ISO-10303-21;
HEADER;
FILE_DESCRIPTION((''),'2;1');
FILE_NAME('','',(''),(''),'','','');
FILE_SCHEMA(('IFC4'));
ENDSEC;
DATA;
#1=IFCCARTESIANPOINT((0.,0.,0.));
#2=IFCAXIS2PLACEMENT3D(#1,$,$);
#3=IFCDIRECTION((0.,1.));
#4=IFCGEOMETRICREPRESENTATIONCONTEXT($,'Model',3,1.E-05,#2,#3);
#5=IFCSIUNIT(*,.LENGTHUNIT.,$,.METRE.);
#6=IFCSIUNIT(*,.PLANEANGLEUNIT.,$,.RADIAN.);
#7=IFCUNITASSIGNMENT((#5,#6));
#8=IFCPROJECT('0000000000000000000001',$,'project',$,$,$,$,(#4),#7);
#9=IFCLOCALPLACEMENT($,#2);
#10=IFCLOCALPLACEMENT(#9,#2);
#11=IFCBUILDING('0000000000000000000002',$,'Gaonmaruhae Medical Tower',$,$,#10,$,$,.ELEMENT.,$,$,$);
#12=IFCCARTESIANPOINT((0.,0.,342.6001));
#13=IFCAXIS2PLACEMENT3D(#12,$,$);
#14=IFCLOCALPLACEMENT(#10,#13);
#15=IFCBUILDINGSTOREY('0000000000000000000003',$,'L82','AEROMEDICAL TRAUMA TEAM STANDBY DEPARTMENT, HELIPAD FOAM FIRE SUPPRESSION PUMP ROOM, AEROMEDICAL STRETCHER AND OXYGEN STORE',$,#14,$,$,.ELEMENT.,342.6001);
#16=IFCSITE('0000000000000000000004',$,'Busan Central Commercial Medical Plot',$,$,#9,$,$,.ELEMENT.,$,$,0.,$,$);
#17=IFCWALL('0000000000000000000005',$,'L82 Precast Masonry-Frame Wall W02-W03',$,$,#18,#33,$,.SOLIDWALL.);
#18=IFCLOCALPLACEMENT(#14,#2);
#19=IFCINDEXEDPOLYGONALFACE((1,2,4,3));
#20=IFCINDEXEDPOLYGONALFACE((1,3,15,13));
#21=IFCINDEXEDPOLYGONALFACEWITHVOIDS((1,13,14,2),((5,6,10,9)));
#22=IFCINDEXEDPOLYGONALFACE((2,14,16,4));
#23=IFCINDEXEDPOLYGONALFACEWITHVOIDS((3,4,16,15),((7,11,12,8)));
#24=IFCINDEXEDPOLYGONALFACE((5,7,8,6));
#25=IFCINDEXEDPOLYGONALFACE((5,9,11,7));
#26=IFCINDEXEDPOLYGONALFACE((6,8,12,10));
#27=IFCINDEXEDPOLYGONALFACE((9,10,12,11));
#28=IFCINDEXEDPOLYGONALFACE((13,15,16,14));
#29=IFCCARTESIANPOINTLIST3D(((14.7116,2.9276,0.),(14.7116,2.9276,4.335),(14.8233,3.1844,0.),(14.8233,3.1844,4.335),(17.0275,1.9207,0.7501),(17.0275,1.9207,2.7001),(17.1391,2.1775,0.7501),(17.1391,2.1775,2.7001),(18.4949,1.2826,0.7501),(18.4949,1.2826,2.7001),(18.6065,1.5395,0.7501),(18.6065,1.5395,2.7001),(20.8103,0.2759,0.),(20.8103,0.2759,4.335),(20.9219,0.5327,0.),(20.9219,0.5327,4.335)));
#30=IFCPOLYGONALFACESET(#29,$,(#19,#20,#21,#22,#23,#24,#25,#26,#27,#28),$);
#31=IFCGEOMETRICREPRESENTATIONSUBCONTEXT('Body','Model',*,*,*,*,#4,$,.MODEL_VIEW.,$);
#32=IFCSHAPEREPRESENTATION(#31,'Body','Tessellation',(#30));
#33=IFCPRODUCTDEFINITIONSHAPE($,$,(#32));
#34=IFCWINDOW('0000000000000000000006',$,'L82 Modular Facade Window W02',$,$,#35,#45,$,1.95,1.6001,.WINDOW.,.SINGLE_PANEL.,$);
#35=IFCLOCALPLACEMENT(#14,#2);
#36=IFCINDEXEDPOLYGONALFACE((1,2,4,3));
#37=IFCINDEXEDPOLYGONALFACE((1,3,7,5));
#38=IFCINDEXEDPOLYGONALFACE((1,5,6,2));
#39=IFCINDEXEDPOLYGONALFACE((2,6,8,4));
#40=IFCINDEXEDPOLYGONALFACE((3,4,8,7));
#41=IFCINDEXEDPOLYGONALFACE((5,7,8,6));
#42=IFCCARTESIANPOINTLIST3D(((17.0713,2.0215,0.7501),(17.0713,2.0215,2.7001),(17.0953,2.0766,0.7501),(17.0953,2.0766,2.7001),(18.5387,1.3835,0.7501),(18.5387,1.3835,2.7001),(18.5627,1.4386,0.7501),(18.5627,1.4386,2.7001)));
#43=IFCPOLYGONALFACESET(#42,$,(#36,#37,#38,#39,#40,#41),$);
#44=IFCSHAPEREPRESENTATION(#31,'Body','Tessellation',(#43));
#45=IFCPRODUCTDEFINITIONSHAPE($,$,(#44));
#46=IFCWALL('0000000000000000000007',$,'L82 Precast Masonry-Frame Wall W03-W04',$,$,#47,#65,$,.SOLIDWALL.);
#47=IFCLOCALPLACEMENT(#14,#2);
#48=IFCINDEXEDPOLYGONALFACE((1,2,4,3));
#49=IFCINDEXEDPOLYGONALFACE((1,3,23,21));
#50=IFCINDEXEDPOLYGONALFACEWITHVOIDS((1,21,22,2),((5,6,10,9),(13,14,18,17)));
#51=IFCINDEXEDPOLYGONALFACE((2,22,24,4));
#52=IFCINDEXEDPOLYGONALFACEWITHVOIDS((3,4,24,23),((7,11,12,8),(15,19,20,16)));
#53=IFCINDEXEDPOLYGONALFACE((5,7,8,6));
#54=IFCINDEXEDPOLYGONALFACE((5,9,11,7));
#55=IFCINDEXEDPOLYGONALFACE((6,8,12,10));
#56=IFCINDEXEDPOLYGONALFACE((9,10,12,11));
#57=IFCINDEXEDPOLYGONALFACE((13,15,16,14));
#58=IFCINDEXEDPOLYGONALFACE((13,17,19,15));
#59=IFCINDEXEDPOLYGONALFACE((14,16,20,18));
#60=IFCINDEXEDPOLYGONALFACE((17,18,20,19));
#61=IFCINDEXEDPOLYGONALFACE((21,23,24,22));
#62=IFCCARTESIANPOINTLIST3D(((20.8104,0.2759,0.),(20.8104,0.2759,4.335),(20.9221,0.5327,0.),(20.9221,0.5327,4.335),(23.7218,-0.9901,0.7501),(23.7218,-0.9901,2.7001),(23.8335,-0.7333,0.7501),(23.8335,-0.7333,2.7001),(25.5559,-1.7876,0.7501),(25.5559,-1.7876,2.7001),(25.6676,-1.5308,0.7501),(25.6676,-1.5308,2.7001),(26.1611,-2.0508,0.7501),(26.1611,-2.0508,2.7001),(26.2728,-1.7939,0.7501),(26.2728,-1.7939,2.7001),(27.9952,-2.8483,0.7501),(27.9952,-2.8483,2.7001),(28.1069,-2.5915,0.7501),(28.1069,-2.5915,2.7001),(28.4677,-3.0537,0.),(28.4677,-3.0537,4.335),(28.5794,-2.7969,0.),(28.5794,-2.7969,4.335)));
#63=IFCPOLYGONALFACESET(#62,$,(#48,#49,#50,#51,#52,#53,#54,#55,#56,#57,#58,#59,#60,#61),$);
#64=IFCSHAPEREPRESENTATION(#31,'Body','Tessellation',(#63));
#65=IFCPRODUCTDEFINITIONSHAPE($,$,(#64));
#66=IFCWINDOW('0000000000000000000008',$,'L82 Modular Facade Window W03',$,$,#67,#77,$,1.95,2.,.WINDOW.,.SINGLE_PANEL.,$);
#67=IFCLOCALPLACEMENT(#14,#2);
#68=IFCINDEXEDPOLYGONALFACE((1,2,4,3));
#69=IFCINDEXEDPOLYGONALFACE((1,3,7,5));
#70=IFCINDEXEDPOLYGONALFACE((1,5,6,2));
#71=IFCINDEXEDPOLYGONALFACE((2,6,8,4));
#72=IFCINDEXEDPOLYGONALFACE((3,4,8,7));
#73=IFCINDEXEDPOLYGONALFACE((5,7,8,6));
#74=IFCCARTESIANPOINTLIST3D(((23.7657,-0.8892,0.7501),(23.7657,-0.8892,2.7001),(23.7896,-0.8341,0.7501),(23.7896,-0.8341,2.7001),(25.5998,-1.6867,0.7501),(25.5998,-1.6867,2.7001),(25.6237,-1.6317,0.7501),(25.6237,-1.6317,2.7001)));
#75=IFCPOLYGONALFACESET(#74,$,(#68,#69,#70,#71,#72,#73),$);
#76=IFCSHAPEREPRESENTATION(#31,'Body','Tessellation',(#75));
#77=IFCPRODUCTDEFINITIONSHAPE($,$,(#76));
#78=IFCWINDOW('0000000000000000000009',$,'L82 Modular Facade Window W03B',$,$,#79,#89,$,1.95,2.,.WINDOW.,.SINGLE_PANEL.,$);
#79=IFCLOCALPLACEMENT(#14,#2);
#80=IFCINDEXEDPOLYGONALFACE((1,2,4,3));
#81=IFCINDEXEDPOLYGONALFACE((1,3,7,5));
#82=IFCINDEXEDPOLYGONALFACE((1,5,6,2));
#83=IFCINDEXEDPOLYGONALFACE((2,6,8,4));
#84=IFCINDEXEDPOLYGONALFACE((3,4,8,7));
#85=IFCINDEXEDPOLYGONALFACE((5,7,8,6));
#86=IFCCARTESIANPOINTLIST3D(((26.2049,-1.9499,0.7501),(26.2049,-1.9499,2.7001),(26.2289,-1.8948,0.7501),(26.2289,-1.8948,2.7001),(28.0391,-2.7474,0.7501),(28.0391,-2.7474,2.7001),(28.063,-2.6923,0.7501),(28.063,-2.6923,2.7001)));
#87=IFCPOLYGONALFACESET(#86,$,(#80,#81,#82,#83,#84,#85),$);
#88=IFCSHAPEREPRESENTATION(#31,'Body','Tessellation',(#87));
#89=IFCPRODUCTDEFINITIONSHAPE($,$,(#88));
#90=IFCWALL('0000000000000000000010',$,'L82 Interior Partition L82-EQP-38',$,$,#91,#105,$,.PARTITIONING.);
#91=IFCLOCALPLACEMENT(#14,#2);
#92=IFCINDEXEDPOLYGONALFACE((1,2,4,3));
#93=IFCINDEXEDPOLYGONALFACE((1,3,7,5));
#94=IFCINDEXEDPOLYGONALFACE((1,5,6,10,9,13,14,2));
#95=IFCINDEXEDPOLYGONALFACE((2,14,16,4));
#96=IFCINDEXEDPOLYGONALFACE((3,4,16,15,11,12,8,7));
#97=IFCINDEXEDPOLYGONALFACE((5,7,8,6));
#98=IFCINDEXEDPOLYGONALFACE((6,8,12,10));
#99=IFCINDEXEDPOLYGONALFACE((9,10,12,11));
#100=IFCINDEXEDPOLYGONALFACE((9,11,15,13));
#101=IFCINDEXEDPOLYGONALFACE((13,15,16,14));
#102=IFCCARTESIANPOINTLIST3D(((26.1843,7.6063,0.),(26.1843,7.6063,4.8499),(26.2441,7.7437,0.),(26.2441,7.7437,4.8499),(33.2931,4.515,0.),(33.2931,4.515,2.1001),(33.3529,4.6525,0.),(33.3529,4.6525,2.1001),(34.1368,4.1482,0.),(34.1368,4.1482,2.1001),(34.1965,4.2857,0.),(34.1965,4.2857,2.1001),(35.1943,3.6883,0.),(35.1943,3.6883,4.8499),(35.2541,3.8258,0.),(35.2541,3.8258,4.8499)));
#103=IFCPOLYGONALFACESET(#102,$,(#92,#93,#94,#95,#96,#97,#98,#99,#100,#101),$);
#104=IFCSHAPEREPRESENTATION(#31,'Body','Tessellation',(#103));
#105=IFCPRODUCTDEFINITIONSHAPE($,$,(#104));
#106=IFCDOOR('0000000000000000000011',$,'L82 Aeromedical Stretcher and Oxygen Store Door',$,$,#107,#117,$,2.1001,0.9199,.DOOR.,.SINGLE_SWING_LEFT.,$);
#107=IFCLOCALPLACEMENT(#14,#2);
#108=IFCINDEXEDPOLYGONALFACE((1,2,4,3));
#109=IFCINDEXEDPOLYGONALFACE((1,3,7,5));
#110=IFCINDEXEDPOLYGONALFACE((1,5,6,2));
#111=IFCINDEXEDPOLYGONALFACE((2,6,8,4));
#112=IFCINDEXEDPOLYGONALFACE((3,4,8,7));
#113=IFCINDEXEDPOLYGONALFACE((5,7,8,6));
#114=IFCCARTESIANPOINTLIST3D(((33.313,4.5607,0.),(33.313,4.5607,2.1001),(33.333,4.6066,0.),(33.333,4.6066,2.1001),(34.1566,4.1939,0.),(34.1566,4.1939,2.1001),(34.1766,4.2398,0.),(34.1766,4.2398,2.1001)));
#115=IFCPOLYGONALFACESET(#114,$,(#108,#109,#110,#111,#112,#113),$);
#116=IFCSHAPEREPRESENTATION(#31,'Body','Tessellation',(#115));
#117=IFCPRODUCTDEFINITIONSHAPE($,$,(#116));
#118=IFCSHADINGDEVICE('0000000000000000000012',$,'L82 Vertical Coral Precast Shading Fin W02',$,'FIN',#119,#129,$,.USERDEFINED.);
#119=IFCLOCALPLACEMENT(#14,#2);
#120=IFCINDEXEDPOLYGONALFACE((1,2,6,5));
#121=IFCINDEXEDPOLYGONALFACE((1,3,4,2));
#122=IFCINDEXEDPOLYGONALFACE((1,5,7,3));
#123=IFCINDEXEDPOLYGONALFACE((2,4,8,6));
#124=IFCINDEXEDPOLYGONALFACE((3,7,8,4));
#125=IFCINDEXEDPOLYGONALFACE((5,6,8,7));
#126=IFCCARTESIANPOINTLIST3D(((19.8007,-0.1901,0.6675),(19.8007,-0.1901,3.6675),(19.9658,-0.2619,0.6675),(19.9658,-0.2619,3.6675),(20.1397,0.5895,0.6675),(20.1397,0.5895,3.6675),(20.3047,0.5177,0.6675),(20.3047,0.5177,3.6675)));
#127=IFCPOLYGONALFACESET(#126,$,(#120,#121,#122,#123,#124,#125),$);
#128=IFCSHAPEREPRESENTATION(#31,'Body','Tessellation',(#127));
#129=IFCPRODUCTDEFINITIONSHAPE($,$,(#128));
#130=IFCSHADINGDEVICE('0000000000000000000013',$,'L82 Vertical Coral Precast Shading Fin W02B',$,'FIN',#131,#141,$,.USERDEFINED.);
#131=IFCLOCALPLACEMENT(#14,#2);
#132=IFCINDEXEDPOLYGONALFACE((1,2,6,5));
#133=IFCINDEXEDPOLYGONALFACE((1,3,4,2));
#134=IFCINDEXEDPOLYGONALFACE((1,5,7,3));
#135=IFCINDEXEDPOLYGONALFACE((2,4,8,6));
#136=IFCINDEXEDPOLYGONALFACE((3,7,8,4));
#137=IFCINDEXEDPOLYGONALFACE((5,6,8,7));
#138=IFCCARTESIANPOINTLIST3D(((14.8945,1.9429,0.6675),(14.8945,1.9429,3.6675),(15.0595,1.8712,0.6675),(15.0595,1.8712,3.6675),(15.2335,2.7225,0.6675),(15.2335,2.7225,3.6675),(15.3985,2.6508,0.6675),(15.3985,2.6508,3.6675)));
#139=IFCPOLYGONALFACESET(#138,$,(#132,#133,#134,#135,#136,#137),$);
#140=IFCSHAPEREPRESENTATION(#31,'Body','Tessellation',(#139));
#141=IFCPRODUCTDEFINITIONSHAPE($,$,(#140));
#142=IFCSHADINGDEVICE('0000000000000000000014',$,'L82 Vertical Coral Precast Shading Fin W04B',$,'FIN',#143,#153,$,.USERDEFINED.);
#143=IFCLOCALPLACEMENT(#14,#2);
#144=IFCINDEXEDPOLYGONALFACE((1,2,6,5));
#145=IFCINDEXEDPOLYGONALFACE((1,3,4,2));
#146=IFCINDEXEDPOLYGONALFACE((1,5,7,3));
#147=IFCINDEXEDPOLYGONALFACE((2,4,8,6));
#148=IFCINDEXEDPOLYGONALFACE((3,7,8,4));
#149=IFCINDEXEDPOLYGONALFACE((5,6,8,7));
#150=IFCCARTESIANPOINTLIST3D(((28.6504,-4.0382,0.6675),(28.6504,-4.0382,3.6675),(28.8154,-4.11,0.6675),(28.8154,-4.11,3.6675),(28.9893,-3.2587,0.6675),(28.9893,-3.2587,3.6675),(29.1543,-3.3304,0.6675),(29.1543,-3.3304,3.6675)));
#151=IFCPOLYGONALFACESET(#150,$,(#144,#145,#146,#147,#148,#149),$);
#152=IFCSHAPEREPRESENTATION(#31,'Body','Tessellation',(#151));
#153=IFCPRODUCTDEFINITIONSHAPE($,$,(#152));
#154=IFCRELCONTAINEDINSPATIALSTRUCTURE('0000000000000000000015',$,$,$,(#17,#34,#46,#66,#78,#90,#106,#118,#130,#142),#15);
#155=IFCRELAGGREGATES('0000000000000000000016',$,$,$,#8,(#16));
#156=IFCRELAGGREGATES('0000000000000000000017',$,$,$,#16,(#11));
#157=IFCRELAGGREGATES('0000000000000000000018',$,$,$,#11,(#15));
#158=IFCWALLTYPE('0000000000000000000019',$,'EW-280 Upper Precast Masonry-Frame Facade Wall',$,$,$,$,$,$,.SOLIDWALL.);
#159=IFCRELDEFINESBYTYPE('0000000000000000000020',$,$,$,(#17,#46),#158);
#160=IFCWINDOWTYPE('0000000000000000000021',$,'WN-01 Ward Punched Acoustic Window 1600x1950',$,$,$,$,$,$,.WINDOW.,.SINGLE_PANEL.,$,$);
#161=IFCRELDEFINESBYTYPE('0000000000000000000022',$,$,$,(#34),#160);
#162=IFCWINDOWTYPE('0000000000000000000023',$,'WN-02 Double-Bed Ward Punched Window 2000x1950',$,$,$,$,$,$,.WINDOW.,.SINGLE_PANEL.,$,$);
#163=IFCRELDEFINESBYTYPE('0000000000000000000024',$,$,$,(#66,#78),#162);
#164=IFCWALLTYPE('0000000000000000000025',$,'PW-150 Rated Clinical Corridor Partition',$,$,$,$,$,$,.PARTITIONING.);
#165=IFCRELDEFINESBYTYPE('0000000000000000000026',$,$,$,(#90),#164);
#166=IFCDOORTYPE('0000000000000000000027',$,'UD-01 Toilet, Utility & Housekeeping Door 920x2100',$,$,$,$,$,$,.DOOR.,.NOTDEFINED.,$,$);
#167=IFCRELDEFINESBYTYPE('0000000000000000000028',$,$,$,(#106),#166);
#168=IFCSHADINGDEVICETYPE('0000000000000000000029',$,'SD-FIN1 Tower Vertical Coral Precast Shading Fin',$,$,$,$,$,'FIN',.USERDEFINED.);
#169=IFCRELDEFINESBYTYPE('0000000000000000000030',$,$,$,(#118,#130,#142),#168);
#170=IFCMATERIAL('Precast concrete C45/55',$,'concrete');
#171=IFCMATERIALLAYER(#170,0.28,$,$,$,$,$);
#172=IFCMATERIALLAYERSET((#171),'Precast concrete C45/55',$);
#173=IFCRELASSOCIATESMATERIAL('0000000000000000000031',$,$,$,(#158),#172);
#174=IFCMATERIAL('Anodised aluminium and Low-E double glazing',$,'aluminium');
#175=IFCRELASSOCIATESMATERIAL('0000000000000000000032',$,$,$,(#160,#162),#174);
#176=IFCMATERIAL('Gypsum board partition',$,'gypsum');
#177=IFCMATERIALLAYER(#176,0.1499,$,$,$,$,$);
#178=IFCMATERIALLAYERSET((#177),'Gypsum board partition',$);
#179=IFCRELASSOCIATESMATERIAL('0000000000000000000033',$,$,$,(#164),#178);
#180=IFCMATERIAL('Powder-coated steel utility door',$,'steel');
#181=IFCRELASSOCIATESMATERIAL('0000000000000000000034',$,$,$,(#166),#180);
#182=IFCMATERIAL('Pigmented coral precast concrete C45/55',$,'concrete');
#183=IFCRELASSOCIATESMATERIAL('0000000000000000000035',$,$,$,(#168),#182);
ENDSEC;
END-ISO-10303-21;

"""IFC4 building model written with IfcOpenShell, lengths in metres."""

from ifc_helpers import new_model, si_unit, direction, frame, frame_2d, origin, origin_2d, place, context, subcontext, project, spatial, rectangle, extrude, material, layer, layer_set, type_object, element, fill, save


model = new_model("IFC4")

# Units and contexts
model_context = context("Model", 3, precision=1e-05, world=origin(), true_north=direction((0.0, 1.0)))
body_context = subcontext(model_context, "Body", "Model", "MODEL_VIEW")
ifc_project = project(units=[si_unit("LENGTHUNIT", "METRE"), si_unit("PLANEANGLEUNIT", "RADIAN")], contexts=[model_context])

# Site, building, storey
site_placement = place(None, origin())
site = spatial("IfcSite", under=ifc_project, at=site_placement, Name="Busan Central Commercial Medical Plot", CompositionType="ELEMENT", RefElevation=0.0)
building_placement = place(site_placement, origin())
building = spatial("IfcBuilding", under=site, at=building_placement, Name="Gaonmaruhae Medical Tower", CompositionType="ELEMENT")
storey_placement = place(building_placement, frame((0.0, 0.0, 342.6001)))
storey = spatial("IfcBuildingStorey", under=building, at=storey_placement, Name="L82", Description="AEROMEDICAL TRAUMA TEAM STANDBY DEPARTMENT, HELIPAD FOAM FIRE SUPPRESSION PUMP ROOM, AEROMEDICAL STRETCHER AND OXYGEN STORE", CompositionType="ELEMENT", Elevation=342.6001)

# Wall, opening, window
ifc_material_1 = material(Name="Precast concrete C45/55", Category="concrete")
ifc_layer_1 = layer(ifc_material_1, 0.28)
ifc_layer_set_1 = layer_set([ifc_layer_1], Name="Precast concrete C45/55")
wall_type_1 = type_object("IfcWallType", Name="EW-280 Upper Precast Masonry-Frame Facade Wall", PredefinedType="SOLIDWALL", material=ifc_layer_set_1)
wall_1_placement = place(storey_placement, frame((20.8662, 0.4043, 0.0), z_axis=(0.0, 0.0, 1.0), x_axis=(-0.917068, 0.39873, 0.0)))
wall_1 = element("IfcWall", 1, at=wall_1_placement, inside=storey, type_object=wall_type_1, Name="L82 Precast Masonry-Frame Wall W02-W03", PredefinedType="SOLIDWALL", context=body_context, shape_type="SweptSolid", body=[
    extrude(rectangle(XDim=6.6501, YDim=0.28, at=frame_2d((3.3252, 0.0))), origin(), (0.0, 0.0, 1.0), 4.335),
])
opening_1_placement = place(wall_1_placement, frame((2.5249, 0.0, 0.75)))
opening_1 = element("IfcOpeningElement", 2, at=opening_1_placement, cuts=wall_1, PredefinedType="OPENING", context=body_context, shape_type="SweptSolid", body=[
    extrude(rectangle(XDim=1.6001, YDim=1.95, at=frame_2d((0.8, 0.9751))), frame((0.0, 0.1499, 0.0), z_axis=(0.0, -1.0, 0.0), x_axis=(1.0, 0.0, 0.0)), (0.0, 0.0, 1.0), 0.3),
])
ifc_material_2 = material(Name="Anodised aluminium and Low-E double glazing", Category="aluminium")
window_type_1 = type_object("IfcWindowType", Name="WN-01 Ward Punched Acoustic Window 1600x1950", PartitioningType="SINGLE_PANEL", PredefinedType="WINDOW", material=ifc_material_2)
window_1_placement = place(opening_1_placement, origin())
window_1 = element("IfcWindow", 3, at=window_1_placement, inside=storey, type_object=window_type_1, Name="L82 Modular Facade Window W02", OverallHeight=1.95, OverallWidth=1.6001, PartitioningType="SINGLE_PANEL", PredefinedType="WINDOW", context=body_context, shape_type="SweptSolid", body=[
    extrude(rectangle(XDim=1.6001, YDim=1.95, at=frame_2d((0.8, 0.9751))), frame((0.0, 0.03, 0.0), z_axis=(0.0, -1.0, 0.0), x_axis=(1.0, 0.0, 0.0)), (0.0, 0.0, 1.0), 0.0601),
])
fill(opening_1, window_1)

# Wall, openings, windows
wall_2_placement = place(storey_placement, frame((28.5234, -2.9253, 0.0), z_axis=(0.0, 0.0, 1.0), x_axis=(-0.917054, 0.398762, 0.0)))
wall_2 = element("IfcWall", 4, at=wall_2_placement, inside=storey, type_object=wall_type_1, Name="L82 Precast Masonry-Frame Wall W03-W04", PredefinedType="SOLIDWALL", context=body_context, shape_type="SweptSolid", body=[
    extrude(rectangle(XDim=8.3499, YDim=0.28, at=frame_2d((4.1748, 0.0))), origin(), (0.0, 0.0, 1.0), 4.335),
])
opening_2_placement = place(wall_2_placement, frame((3.175, 0.0, 0.75)))
opening_2 = element("IfcOpeningElement", 5, at=opening_2_placement, cuts=wall_2, PredefinedType="OPENING", context=body_context, shape_type="SweptSolid", body=[
    extrude(rectangle(XDim=2.0, YDim=1.95, at=frame_2d((1.0, 0.9751))), frame((0.0, 0.1499, 0.0), z_axis=(0.0, -1.0, 0.0), x_axis=(1.0, 0.0, 0.0)), (0.0, 0.0, 1.0), 0.3),
])
opening_3_placement = place(wall_2_placement, frame((0.5151, 0.0, 0.75)))
opening_3 = element("IfcOpeningElement", 6, at=opening_3_placement, cuts=wall_2, PredefinedType="OPENING", context=body_context, shape_type="SweptSolid", body=[
    extrude(rectangle(XDim=2.0, YDim=1.95, at=frame_2d((1.0, 0.9751))), frame((0.0, 0.1499, 0.0), z_axis=(0.0, -1.0, 0.0), x_axis=(1.0, 0.0, 0.0)), (0.0, 0.0, 1.0), 0.3),
])
window_type_2 = type_object("IfcWindowType", Name="WN-02 Double-Bed Ward Punched Window 2000x1950", PartitioningType="SINGLE_PANEL", PredefinedType="WINDOW", material=ifc_material_2)
window_2_placement = place(opening_2_placement, origin())
window_2 = element("IfcWindow", 7, at=window_2_placement, inside=storey, type_object=window_type_2, Name="L82 Modular Facade Window W03", OverallHeight=1.95, OverallWidth=2.0, PartitioningType="SINGLE_PANEL", PredefinedType="WINDOW", context=body_context, shape_type="SweptSolid", body=[
    extrude(rectangle(XDim=2.0, YDim=1.95, at=frame_2d((1.0, 0.9751))), frame((0.0, 0.03, 0.0), z_axis=(0.0, -1.0, 0.0), x_axis=(1.0, 0.0, 0.0)), (0.0, 0.0, 1.0), 0.0601),
])
fill(opening_2, window_2)
window_3_placement = place(opening_3_placement, origin())
window_3 = element("IfcWindow", 8, at=window_3_placement, inside=storey, type_object=window_type_2, Name="L82 Modular Facade Window W03B", OverallHeight=1.95, OverallWidth=2.0, PartitioningType="SINGLE_PANEL", PredefinedType="WINDOW", context=body_context, shape_type="SweptSolid", body=[
    extrude(rectangle(XDim=2.0, YDim=1.95, at=frame_2d((1.0, 0.9751))), frame((0.0, 0.03, 0.0), z_axis=(0.0, -1.0, 0.0), x_axis=(1.0, 0.0, 0.0)), (0.0, 0.0, 1.0), 0.0601),
])
fill(opening_3, window_3)

# Wall, opening, door
ifc_material_3 = material(Name="Gypsum board partition", Category="gypsum")
ifc_layer_2 = layer(ifc_material_3, 0.1499)
ifc_layer_set_2 = layer_set([ifc_layer_2], Name="Gypsum board partition")
wall_type_2 = type_object("IfcWallType", Name="PW-150 Rated Clinical Corridor Partition", PredefinedType="PARTITIONING", material=ifc_layer_set_2)
wall_3_placement = place(storey_placement, frame((26.2141, 7.675, 0.0), z_axis=(0.0, 0.0, 1.0), x_axis=(0.917049, -0.398775, 0.0)))
wall_3 = element("IfcWall", 9, at=wall_3_placement, inside=storey, type_object=wall_type_2, Name="L82 Interior Partition L82-EQP-38", PredefinedType="PARTITIONING", context=body_context, shape_type="SweptSolid", body=[
    extrude(rectangle(XDim=9.825, YDim=0.1499, at=frame_2d((4.9126, 0.0))), origin(), (0.0, 0.0, 1.0), 4.8499),
])
opening_4_placement = place(wall_3_placement, frame((7.752, 0.0, 0.0)))
opening_4 = element("IfcOpeningElement", 10, at=opening_4_placement, cuts=wall_3, PredefinedType="OPENING", context=body_context, shape_type="SweptSolid", body=[
    extrude(rectangle(XDim=0.9199, YDim=2.1001, at=frame_2d((0.46, 1.05))), frame((0.0, 0.085, 0.0), z_axis=(0.0, -1.0, 0.0), x_axis=(1.0, 0.0, 0.0)), (0.0, 0.0, 1.0), 0.1699),
])
ifc_material_4 = material(Name="Powder-coated steel utility door", Category="steel")
door_type = type_object("IfcDoorType", Name="UD-01 Toilet, Utility & Housekeeping Door 920x2100", OperationType="NOTDEFINED", PredefinedType="DOOR", material=ifc_material_4)
door_placement = place(opening_4_placement, origin())
door = element("IfcDoor", 11, at=door_placement, inside=storey, type_object=door_type, Name="L82 Aeromedical Stretcher and Oxygen Store Door", OperationType="SINGLE_SWING_LEFT", OverallHeight=2.1001, OverallWidth=0.9199, PredefinedType="DOOR", context=body_context, shape_type="SweptSolid", body=[
    extrude(rectangle(XDim=0.9199, YDim=2.1001, at=frame_2d((0.46, 1.05))), frame((0.0, 0.0249, 0.0), z_axis=(0.0, -1.0, 0.0), x_axis=(1.0, 0.0, 0.0)), (0.0, 0.0, 1.0), 0.05),
])
fill(opening_4, door)

# Shading devices
ifc_material_5 = material(Name="Pigmented coral precast concrete C45/55", Category="concrete")
shading_device_type = type_object("IfcShadingDeviceType", Name="SD-FIN1 Tower Vertical Coral Precast Shading Fin", ElementType="FIN", PredefinedType="USERDEFINED", material=ifc_material_5)
for number, where, z_axis, x_axis, name in (
    (12, (20.0527, 0.1638, 0.6675), (0.0, 0.0, 1.0), (-0.917067, 0.398733, 0.0), "L82 Vertical Coral Precast Shading Fin W02"),
    (13, (15.1465, 2.2969, 0.6675), (0.0, 0.0, 1.0), (-0.917067, 0.398733, 0.0), "L82 Vertical Coral Precast Shading Fin W02B"),
    (14, (28.9023, -3.6843, 0.6675), (0.0, 0.0, 1.0), (-0.91706, 0.398749, 0.0), "L82 Vertical Coral Precast Shading Fin W04B"),
):
    element("IfcShadingDevice", number, at=place(storey_placement, frame(where, z_axis=z_axis, x_axis=x_axis)), inside=storey, type_object=shading_device_type, Name=name, ObjectType="FIN", PredefinedType="USERDEFINED", context=body_context, shape_type="SweptSolid", body=[
        extrude(rectangle(XDim=0.1799, YDim=0.8501, at=origin_2d()), origin(), (0.0, 0.0, 1.0), 3.0),
    ])

save(model, "model.ifc")
